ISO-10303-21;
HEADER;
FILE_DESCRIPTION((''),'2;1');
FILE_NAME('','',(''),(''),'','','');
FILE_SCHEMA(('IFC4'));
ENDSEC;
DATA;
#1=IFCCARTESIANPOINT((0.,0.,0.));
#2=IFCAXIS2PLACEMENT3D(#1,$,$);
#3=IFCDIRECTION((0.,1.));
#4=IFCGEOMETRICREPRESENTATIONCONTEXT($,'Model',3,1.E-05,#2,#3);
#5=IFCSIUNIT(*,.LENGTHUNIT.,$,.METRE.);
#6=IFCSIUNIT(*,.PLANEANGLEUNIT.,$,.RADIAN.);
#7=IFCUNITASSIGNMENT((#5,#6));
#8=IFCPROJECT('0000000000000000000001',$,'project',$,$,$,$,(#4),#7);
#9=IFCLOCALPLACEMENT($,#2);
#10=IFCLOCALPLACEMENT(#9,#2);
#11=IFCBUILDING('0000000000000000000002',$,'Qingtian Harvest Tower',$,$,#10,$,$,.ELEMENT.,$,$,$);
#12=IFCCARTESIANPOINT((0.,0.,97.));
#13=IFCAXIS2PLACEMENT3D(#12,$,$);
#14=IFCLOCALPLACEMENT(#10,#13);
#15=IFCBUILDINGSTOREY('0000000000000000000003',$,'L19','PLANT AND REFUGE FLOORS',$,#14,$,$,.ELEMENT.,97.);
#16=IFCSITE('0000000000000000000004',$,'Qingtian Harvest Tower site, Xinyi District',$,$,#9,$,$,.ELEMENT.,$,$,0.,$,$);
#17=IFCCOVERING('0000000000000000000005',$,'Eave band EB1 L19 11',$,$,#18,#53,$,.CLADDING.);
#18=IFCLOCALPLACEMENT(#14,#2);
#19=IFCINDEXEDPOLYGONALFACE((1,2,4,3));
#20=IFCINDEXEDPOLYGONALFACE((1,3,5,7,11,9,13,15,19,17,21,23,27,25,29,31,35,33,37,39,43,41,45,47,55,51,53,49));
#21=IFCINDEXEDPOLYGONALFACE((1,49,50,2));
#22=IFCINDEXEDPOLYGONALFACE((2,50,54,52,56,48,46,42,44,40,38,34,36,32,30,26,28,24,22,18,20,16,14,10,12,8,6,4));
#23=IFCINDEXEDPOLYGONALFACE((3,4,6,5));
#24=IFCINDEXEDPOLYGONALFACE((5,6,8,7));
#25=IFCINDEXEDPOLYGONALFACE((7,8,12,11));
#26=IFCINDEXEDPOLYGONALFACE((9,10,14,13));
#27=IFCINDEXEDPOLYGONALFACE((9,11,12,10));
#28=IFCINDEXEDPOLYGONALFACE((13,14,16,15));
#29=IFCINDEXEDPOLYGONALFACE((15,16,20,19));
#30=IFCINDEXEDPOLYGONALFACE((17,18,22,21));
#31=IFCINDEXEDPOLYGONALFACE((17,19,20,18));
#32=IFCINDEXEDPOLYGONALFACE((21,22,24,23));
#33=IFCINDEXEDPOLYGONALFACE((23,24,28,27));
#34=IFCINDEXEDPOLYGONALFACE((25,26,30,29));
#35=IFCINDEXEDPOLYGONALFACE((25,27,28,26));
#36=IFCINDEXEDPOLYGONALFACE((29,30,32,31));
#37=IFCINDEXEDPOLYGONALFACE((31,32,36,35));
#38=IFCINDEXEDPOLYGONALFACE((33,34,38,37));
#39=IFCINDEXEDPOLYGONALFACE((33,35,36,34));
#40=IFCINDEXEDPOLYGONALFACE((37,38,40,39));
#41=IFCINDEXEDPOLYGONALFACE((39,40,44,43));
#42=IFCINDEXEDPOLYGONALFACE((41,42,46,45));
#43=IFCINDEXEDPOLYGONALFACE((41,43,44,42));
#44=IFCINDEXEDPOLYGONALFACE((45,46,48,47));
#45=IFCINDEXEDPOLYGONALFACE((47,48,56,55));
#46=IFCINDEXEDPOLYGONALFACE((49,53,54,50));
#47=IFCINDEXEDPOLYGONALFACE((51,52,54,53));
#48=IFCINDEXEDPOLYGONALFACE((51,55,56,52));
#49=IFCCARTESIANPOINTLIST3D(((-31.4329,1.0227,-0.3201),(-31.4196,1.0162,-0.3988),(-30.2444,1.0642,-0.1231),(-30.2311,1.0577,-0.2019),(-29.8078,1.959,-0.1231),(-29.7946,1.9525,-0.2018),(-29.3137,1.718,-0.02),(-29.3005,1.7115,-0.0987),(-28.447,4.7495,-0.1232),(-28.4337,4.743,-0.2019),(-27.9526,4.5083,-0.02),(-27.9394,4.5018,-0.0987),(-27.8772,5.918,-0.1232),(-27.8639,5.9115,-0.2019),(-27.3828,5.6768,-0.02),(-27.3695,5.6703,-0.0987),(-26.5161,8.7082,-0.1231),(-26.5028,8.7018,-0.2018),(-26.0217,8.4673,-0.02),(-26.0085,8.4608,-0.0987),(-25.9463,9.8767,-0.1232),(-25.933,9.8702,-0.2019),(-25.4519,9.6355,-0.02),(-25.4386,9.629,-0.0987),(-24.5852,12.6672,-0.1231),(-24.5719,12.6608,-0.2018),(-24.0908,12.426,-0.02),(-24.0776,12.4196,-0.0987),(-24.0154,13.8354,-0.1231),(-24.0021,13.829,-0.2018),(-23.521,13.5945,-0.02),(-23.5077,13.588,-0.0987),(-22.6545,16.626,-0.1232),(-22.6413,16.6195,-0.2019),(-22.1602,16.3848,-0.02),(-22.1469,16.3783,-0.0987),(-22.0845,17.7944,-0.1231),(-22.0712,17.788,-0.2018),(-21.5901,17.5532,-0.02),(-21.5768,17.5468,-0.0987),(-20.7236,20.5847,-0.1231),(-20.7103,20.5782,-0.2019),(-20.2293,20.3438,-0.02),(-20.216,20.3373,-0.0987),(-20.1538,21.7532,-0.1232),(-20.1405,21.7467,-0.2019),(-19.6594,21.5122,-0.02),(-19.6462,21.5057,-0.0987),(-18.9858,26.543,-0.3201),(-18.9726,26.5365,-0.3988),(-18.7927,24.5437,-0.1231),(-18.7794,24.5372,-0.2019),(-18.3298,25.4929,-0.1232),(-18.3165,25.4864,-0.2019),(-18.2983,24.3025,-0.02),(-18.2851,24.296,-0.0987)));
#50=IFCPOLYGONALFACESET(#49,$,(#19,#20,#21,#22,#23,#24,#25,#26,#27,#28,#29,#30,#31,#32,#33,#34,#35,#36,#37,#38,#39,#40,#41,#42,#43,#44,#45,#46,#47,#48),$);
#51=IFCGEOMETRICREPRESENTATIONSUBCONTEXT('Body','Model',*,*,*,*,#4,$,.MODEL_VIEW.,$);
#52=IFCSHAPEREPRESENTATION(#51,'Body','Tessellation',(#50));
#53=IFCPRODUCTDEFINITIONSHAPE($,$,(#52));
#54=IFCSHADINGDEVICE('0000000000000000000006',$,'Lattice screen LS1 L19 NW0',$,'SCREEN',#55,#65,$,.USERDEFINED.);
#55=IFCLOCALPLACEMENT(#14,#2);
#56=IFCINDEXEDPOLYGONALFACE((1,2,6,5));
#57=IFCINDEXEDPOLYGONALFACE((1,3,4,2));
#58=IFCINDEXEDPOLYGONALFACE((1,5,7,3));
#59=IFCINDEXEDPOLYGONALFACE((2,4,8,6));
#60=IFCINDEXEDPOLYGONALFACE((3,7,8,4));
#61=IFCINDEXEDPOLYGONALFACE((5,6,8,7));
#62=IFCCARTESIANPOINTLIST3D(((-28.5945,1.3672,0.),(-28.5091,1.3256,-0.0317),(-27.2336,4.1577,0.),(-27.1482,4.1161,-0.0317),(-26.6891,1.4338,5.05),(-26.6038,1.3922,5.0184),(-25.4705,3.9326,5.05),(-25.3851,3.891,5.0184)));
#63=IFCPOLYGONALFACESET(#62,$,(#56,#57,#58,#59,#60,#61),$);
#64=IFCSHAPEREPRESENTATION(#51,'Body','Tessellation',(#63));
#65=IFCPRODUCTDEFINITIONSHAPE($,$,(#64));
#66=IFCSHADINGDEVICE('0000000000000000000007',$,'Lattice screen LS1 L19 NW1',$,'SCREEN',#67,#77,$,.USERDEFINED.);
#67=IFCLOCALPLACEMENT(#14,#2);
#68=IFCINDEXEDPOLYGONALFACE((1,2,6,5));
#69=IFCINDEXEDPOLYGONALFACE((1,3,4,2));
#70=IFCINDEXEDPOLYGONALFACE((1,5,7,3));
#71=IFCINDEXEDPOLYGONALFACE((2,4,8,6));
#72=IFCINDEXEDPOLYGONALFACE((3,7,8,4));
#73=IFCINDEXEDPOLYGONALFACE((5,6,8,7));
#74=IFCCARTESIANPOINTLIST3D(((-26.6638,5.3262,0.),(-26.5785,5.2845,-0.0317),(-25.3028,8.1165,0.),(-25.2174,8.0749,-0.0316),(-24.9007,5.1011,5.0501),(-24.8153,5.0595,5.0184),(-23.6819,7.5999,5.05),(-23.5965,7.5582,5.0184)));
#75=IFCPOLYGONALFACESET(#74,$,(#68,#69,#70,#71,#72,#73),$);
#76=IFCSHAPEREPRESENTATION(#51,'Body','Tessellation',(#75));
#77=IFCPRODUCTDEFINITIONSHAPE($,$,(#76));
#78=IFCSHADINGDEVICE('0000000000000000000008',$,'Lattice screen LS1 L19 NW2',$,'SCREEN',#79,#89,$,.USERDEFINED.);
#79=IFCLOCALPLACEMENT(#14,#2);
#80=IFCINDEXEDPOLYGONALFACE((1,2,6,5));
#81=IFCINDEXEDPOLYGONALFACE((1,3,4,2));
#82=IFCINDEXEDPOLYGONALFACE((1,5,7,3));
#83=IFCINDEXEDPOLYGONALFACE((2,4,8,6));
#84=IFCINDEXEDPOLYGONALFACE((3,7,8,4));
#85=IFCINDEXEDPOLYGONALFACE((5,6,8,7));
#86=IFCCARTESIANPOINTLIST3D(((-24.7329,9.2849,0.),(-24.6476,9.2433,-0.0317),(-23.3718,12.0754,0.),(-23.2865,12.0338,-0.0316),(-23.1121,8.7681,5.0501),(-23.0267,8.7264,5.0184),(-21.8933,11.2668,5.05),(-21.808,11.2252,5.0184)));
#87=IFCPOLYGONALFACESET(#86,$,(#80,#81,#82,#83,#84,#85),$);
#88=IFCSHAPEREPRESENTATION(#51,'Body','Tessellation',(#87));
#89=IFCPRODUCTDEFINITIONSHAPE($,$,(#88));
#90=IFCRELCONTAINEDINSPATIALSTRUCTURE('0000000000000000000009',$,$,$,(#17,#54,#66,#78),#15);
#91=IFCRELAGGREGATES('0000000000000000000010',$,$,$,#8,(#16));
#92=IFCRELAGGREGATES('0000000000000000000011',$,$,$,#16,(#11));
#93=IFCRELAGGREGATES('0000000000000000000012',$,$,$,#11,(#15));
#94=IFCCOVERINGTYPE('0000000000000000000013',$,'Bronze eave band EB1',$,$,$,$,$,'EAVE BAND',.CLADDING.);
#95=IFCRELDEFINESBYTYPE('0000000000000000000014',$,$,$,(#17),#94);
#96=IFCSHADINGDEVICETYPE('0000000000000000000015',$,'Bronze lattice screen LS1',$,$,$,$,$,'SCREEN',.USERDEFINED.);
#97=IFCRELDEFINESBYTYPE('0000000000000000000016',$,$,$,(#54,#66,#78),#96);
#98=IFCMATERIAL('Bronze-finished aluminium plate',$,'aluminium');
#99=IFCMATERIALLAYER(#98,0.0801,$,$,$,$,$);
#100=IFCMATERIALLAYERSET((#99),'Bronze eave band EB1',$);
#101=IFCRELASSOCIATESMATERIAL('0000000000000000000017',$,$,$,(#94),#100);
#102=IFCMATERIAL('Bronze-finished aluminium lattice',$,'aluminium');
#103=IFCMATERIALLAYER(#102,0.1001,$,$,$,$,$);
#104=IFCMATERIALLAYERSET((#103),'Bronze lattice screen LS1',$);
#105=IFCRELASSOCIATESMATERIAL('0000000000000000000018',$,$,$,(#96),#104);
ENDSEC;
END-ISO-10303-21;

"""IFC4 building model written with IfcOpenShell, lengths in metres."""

from ifc_helpers import new_model, si_unit, direction, frame, origin, place, context, subcontext, project, spatial, polyline, outline, extrude, material, layer, layer_set, type_object, element, save


model = new_model("IFC4")

# Units and contexts
model_context = context("Model", 3, precision=1e-05, world=origin(), true_north=direction((0.0, 1.0)))
body_context = subcontext(model_context, "Body", "Model", "MODEL_VIEW")
ifc_project = project(units=[si_unit("LENGTHUNIT", "METRE"), si_unit("PLANEANGLEUNIT", "RADIAN")], contexts=[model_context])

# Site, building, storey
site_placement = place(None, origin())
site = spatial("IfcSite", under=ifc_project, at=site_placement, Name="Qingtian Harvest Tower site, Xinyi District", CompositionType="ELEMENT", RefElevation=0.0)
building_placement = place(site_placement, origin())
building = spatial("IfcBuilding", under=site, at=building_placement, Name="Qingtian Harvest Tower", CompositionType="ELEMENT")
storey_placement = place(building_placement, frame((0.0, 0.0, 97.0)))
storey = spatial("IfcBuildingStorey", under=building, at=storey_placement, Name="L19", Description="PLANT AND REFUGE FLOORS", CompositionType="ELEMENT", Elevation=97.0)

# Covering
ifc_material_1 = material(Name="Bronze-finished aluminium plate", Category="aluminium")
ifc_layer_1 = layer(ifc_material_1, 0.0801)
ifc_layer_set_1 = layer_set([ifc_layer_1], Name="Bronze eave band EB1")
covering_type = type_object("IfcCoveringType", Name="Bronze eave band EB1", ElementType="EAVE BAND", PredefinedType="CLADDING", material=ifc_layer_set_1)
covering_placement = place(storey_placement, frame((-29.3137, 1.718, -0.02), z_axis=(-0.165685, 0.08081, 0.982862), x_axis=(-0.88342, 0.430798, -0.184342)))
element("IfcCovering", 1, at=covering_placement, inside=storey, type_object=covering_type, Name="Eave band EB1 L19 11", PredefinedType="CLADDING", context=body_context, shape_type="SweptSolid", body=[
    extrude(outline(polyline([(0.0, 0.0), (0.5593, 0.0), (0.5595, 0.9956), (1.6279, 1.5538), (1.626, -26.8401), (0.5578, -26.1838), (0.5578, -25.1277), (-0.0019, -25.1276), (-0.0015, -22.0231), (0.5581, -22.023), (0.5581, -20.723), (-0.0015, -20.7231), (-0.0014, -17.6184), (0.5582, -17.6185), (0.5585, -16.3184), (-0.0012, -16.3183), (-0.001, -13.2139), (0.5585, -13.2138), (0.5586, -11.914), (-0.001, -11.9139), (-0.0008, -8.8091), (0.5589, -8.8092), (0.5589, -7.5092), (-0.0006, -7.5093), (-0.0004, -4.4045), (0.5593, -4.4047), (0.5593, -3.1047), (-0.0004, -3.1045), (0.0, 0.0)])), origin(), (0.0, 0.0, -1.0), 0.0801),
])

# Shading devices
ifc_material_2 = material(Name="Bronze-finished aluminium lattice", Category="aluminium")
ifc_layer_2 = layer(ifc_material_2, 0.1001)
ifc_layer_set_2 = layer_set([ifc_layer_2], Name="Bronze lattice screen LS1")
shading_device_type = type_object("IfcShadingDeviceType", Name="Bronze lattice screen LS1", ElementType="SCREEN", PredefinedType="USERDEFINED", material=ifc_layer_set_2)
shading_device_1_placement = place(storey_placement, frame((-28.5945, 1.3672, 0.0), z_axis=(-0.852683, 0.415852, 0.316227), x_axis=(0.438344, 0.898807, -0.000008)))
element("IfcShadingDevice", 2, at=shading_device_1_placement, inside=storey, type_object=shading_device_type, Name="Lattice screen LS1 L19 NW0", ObjectType="SCREEN", PredefinedType="USERDEFINED", context=body_context, shape_type="SweptSolid", body=[
    extrude(outline(polyline([(0.0, 0.0), (3.1047, 0.0), (3.6752, -5.3232), (0.895, -5.3232), (0.0, 0.0)])), origin(), (0.0, 0.0, -1.0), 0.1001),
])
shading_device_2_placement = place(storey_placement, frame((-26.6638, 5.3262, 0.0), z_axis=(-0.85266, 0.4159, 0.316225), x_axis=(0.438399, 0.898781, 0.000006)))
element("IfcShadingDevice", 3, at=shading_device_2_placement, inside=storey, type_object=shading_device_type, Name="Lattice screen LS1 L19 NW1", ObjectType="SCREEN", PredefinedType="USERDEFINED", context=body_context, shape_type="SweptSolid", body=[
    extrude(outline(polyline([(0.0, 0.0), (3.1045, 0.0), (3.3508, -5.3232), (0.5707, -5.3232), (0.0, 0.0)])), origin(), (0.0, 0.0, -1.0), 0.1001),
])
shading_device_3_placement = place(storey_placement, frame((-24.7329, 9.2849, 0.0), z_axis=(-0.852666, 0.415884, 0.31623), x_axis=(0.438381, 0.898789, 0.000002)))
element("IfcShadingDevice", 4, at=shading_device_3_placement, inside=storey, type_object=shading_device_type, Name="Lattice screen LS1 L19 NW2", ObjectType="SCREEN", PredefinedType="USERDEFINED", context=body_context, shape_type="SweptSolid", body=[
    extrude(outline(polyline([(0.0, 0.0), (3.1048, 0.0), (3.0262, -5.3232), (0.246, -5.3232), (0.0, 0.0)])), origin(), (0.0, 0.0, -1.0), 0.1001),
])

save(model, "model.ifc")
